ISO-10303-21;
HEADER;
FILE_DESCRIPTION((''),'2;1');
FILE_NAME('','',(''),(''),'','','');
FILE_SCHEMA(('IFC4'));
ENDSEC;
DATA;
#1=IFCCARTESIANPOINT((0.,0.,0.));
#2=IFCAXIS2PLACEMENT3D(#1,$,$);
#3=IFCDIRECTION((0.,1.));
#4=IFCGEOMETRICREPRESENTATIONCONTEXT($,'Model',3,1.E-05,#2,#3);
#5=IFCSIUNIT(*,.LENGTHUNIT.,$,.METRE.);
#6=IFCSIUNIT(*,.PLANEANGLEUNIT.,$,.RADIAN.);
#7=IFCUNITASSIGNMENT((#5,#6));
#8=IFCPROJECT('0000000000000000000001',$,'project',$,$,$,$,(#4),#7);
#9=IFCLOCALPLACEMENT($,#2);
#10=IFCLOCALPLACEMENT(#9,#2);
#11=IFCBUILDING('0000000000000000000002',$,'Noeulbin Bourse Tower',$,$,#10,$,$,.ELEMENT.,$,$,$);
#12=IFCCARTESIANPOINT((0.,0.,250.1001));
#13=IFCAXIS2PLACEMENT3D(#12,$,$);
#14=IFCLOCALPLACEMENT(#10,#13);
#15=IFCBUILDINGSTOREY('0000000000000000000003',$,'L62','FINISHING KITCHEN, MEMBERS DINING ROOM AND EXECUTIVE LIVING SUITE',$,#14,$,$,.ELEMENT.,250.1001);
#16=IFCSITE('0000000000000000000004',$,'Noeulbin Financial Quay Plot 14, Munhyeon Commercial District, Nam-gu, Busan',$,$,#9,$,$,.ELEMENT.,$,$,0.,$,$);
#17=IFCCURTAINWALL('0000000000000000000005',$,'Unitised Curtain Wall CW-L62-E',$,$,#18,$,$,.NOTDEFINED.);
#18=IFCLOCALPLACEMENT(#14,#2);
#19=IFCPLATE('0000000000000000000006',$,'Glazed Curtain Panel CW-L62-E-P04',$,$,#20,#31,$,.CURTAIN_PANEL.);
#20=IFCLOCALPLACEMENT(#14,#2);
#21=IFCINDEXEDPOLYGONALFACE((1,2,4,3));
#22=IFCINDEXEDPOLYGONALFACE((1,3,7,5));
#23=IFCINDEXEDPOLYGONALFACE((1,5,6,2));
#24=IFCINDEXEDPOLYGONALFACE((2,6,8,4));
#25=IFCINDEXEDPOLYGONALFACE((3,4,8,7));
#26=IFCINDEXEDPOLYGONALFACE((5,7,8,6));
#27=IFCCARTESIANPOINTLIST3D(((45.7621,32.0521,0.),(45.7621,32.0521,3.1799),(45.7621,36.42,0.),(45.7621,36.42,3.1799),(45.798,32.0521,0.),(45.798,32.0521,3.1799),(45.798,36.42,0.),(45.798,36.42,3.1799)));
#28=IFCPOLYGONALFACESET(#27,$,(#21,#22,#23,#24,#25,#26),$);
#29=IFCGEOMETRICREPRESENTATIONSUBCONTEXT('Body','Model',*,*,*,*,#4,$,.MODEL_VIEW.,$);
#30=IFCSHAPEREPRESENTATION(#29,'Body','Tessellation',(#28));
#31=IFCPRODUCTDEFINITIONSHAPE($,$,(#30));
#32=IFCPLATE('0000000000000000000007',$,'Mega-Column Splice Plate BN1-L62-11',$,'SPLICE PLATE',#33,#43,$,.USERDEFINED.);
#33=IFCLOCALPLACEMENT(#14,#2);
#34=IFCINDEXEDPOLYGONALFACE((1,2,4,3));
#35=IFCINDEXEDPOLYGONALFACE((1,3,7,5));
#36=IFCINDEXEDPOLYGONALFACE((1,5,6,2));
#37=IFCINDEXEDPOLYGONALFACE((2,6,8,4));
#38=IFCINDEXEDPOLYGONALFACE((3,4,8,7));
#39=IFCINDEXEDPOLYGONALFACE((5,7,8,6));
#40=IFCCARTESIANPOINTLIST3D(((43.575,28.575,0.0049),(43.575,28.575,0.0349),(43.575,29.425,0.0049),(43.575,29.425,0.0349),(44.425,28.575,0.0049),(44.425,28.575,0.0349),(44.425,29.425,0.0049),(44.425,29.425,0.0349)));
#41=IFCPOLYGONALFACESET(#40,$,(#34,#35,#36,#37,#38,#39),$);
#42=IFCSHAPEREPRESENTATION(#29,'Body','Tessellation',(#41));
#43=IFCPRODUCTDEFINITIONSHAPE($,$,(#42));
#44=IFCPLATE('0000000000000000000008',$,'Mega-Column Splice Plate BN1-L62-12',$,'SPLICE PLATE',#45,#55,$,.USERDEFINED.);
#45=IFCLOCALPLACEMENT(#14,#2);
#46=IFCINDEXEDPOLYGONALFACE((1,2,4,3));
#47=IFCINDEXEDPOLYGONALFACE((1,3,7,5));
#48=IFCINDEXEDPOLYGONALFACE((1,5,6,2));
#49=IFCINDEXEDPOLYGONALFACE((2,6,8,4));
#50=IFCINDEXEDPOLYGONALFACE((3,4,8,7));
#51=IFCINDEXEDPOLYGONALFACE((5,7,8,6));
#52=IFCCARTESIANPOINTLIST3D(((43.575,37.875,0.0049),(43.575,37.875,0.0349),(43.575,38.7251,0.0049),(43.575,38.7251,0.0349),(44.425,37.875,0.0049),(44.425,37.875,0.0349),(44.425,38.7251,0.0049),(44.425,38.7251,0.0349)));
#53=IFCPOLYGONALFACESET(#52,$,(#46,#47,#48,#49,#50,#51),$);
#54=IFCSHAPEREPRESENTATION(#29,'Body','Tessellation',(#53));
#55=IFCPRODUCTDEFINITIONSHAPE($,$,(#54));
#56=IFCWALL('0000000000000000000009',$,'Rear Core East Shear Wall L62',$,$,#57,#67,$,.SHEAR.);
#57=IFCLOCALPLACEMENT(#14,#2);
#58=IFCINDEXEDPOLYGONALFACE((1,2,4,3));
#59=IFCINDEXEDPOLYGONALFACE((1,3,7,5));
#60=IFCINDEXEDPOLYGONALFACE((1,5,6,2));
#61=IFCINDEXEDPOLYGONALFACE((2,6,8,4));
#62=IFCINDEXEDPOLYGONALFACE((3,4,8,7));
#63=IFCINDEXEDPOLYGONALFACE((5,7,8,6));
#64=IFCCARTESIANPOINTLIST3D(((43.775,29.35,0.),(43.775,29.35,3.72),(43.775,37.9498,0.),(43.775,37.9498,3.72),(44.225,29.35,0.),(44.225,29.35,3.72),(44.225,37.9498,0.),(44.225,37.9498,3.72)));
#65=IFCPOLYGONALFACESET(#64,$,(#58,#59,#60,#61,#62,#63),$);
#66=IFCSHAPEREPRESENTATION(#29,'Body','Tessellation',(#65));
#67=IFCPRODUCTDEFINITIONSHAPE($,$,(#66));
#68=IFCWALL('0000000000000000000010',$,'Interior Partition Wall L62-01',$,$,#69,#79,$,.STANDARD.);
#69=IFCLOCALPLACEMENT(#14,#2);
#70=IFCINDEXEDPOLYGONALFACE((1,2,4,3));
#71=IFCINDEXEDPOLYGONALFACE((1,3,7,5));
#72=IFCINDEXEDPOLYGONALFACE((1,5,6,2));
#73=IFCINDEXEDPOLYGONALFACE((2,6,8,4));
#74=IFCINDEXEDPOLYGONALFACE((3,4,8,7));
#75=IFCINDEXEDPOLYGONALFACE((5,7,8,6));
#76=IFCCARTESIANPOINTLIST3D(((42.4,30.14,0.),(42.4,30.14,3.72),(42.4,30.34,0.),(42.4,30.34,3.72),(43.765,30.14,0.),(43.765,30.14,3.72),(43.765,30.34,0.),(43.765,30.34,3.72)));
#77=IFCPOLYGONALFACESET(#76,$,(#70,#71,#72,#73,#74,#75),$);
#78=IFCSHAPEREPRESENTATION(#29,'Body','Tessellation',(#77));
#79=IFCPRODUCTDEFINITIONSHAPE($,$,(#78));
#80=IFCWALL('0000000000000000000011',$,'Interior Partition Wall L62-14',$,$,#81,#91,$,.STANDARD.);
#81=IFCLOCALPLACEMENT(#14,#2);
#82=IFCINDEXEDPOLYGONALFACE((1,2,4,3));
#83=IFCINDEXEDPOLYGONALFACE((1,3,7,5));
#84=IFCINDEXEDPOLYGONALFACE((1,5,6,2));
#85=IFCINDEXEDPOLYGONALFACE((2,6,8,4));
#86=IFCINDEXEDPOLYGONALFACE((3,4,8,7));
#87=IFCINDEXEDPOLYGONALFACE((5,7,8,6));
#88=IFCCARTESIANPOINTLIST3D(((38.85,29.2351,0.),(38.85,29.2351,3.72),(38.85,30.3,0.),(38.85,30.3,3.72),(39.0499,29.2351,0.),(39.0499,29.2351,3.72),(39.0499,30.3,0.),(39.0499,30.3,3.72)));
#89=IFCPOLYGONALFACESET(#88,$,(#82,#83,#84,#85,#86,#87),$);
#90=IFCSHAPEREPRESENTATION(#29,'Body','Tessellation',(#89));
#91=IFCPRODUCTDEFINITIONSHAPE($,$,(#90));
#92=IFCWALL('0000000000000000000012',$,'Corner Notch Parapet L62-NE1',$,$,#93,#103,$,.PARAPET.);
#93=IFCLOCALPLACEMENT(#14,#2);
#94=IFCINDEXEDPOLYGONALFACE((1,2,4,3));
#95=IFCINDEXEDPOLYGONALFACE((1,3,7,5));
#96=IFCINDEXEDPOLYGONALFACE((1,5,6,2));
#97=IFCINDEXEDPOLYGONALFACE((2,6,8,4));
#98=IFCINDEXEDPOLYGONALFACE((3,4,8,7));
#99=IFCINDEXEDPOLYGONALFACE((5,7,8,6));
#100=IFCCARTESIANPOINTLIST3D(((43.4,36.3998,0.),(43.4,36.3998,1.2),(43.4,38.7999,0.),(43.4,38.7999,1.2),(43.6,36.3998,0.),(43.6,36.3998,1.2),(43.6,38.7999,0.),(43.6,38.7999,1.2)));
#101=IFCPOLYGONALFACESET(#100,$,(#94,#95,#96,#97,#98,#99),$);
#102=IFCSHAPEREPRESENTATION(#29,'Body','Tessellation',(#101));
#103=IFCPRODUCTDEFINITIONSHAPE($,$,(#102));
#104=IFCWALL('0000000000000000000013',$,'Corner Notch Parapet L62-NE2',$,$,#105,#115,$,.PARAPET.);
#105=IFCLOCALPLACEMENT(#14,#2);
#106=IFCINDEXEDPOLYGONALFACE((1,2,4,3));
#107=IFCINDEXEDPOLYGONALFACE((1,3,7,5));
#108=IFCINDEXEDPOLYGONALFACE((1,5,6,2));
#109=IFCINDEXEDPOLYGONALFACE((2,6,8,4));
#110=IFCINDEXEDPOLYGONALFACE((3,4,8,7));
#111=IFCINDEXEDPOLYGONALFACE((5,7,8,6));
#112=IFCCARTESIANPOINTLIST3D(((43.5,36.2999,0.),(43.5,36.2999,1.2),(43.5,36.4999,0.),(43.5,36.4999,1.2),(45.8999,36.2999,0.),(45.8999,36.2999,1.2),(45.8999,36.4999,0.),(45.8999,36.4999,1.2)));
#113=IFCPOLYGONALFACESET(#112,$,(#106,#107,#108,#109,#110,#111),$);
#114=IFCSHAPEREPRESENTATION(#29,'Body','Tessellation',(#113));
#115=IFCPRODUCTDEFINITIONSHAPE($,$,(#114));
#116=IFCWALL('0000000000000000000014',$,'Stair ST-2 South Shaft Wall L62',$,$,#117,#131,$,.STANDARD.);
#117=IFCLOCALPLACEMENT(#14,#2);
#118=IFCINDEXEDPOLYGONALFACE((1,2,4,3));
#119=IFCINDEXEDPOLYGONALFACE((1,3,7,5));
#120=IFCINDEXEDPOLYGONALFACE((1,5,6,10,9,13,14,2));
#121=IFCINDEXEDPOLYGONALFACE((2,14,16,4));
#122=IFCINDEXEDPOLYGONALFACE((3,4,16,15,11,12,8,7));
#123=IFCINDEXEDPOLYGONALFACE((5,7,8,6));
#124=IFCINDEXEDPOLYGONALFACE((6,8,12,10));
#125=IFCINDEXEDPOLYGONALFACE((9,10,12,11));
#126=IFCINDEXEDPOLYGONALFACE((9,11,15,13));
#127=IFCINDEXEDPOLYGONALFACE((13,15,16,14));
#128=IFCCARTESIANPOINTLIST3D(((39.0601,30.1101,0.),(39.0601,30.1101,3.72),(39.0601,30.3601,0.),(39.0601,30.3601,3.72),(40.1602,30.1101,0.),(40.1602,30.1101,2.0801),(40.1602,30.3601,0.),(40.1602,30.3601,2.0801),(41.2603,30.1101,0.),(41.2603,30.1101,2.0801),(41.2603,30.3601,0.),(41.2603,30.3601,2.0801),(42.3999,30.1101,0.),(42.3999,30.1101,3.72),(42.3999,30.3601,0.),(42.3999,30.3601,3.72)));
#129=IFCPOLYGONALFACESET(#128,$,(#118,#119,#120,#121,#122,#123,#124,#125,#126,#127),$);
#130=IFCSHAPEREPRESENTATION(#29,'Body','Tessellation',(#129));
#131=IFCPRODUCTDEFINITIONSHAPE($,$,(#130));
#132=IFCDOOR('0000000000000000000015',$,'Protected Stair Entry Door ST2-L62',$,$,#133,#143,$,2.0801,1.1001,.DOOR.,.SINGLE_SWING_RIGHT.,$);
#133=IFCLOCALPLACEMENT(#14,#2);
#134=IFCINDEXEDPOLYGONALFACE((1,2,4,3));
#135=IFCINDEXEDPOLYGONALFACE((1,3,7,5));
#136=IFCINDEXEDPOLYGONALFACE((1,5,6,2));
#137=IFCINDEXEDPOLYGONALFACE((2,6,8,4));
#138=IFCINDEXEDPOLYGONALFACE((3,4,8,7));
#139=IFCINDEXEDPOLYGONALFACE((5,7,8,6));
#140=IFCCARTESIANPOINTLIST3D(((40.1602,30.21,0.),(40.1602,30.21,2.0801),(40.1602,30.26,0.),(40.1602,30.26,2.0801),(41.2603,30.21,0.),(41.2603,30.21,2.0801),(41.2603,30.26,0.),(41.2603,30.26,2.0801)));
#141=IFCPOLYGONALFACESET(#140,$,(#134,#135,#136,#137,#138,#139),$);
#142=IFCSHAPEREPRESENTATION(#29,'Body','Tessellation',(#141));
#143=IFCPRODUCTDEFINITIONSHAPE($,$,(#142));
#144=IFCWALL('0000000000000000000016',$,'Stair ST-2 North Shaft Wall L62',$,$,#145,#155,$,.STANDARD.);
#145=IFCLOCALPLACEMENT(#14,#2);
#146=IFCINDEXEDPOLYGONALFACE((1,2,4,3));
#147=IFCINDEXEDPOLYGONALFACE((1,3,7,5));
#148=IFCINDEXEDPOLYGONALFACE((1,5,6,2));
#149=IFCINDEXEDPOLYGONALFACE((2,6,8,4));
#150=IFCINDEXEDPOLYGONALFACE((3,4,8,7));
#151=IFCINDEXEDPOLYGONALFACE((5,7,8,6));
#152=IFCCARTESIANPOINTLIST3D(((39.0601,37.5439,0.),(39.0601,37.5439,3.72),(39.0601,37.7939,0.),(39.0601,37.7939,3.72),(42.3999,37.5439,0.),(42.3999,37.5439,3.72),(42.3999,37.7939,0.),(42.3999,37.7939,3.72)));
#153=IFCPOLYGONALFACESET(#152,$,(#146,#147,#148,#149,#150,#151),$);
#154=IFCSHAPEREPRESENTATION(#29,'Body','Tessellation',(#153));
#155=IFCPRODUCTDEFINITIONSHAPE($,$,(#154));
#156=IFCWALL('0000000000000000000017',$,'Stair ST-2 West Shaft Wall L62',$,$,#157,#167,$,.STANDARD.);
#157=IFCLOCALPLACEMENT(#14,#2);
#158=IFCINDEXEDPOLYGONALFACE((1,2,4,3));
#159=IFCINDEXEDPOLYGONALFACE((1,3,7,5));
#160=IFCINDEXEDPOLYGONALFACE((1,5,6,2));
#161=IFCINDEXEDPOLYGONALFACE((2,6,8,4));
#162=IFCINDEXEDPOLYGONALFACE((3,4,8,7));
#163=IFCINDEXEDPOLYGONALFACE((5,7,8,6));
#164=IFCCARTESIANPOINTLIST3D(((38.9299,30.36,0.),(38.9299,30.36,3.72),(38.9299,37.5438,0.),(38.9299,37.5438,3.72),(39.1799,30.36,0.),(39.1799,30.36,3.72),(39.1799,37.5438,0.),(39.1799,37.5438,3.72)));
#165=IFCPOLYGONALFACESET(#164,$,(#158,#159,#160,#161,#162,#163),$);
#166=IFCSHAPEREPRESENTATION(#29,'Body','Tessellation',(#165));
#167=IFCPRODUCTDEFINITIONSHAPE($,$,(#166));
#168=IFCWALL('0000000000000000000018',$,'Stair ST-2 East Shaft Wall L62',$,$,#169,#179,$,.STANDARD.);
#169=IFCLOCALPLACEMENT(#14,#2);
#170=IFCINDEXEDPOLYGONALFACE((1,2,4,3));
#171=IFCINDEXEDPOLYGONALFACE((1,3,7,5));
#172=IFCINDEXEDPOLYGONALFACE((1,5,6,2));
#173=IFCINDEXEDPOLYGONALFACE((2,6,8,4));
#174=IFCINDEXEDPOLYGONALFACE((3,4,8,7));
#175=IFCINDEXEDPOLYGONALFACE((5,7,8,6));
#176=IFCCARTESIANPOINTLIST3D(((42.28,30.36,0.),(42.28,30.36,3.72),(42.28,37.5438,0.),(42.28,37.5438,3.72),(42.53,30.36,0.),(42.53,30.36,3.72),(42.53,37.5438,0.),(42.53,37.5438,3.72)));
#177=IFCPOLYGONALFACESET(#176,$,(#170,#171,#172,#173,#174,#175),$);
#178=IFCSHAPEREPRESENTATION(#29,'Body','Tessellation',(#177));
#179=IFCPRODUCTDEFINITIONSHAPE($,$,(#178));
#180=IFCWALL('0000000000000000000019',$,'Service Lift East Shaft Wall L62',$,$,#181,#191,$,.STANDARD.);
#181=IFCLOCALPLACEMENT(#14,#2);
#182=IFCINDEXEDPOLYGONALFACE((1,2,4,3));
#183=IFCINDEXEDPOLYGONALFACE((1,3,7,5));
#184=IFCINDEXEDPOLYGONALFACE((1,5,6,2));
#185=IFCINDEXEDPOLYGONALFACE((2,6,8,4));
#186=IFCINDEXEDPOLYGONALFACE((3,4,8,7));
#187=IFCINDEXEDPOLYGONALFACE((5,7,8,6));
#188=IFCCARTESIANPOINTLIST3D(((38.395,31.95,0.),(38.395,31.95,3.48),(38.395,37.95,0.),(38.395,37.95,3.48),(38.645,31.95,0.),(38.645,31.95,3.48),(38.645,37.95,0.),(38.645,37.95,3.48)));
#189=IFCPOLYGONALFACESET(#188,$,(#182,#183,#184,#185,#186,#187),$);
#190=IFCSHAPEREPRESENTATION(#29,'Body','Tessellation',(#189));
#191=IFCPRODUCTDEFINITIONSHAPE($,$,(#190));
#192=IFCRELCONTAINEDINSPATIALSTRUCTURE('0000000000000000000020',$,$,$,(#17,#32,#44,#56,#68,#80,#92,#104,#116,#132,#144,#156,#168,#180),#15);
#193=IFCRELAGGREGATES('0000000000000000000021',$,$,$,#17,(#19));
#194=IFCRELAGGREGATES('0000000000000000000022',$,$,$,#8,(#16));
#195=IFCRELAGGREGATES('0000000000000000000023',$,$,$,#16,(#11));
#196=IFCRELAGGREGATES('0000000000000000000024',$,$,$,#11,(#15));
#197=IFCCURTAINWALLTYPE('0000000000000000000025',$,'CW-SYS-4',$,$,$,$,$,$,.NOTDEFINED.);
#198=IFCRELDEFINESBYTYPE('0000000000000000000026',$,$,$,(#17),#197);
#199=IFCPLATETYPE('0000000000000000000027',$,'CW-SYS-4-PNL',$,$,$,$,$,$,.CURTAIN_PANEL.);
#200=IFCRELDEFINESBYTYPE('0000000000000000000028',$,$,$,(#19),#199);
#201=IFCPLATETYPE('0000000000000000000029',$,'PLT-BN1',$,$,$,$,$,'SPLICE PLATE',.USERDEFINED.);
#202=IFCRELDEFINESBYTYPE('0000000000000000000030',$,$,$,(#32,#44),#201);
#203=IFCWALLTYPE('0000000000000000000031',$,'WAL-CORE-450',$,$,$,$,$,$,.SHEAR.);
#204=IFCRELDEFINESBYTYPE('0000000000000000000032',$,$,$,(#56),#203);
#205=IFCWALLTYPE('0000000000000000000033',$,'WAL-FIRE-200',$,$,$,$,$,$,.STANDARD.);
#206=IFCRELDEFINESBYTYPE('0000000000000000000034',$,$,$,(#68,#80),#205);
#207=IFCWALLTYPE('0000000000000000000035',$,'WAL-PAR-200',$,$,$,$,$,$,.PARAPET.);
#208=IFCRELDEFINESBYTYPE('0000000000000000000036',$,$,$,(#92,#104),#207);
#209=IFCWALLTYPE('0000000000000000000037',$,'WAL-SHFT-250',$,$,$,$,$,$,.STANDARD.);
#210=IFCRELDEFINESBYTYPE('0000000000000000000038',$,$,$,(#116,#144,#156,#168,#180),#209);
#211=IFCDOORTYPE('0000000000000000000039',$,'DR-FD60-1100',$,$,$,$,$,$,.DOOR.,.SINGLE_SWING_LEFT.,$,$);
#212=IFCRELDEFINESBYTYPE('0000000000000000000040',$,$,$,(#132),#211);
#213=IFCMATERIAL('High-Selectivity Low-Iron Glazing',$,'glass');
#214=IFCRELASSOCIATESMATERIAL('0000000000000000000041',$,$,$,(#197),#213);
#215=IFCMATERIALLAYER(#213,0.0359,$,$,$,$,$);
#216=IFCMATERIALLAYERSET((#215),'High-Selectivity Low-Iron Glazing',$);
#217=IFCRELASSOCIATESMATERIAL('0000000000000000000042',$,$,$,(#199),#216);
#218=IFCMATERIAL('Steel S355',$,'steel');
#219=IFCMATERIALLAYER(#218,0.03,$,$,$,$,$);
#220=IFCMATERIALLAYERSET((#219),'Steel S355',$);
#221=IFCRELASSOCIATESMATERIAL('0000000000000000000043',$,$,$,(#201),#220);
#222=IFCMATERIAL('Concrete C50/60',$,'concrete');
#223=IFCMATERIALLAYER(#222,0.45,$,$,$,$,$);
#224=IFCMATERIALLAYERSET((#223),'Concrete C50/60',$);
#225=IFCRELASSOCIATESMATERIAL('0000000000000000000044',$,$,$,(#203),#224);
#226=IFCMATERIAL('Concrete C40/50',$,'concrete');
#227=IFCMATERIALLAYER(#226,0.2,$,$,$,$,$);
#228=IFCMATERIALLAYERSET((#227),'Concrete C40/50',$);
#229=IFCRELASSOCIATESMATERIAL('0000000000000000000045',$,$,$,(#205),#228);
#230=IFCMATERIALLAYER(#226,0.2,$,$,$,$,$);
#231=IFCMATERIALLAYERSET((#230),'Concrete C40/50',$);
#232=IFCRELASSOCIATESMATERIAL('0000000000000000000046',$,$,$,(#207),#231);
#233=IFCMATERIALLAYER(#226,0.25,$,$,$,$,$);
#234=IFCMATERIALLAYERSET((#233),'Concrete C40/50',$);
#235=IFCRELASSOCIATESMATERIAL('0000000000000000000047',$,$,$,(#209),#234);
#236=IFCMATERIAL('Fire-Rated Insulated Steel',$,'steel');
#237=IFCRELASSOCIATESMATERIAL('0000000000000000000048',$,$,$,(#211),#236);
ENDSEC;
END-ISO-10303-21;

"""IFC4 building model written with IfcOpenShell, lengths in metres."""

from ifc_helpers import new_model, si_unit, direction, frame, frame_2d, origin, origin_2d, place, context, subcontext, project, spatial, rectangle, extrude, material, layer, layer_set, type_object, element, fill, aggregate, save


model = new_model("IFC4")

# Units and contexts
model_context = context("Model", 3, precision=1e-05, world=origin(), true_north=direction((0.0, 1.0)))
body_context = subcontext(model_context, "Body", "Model", "MODEL_VIEW")
ifc_project = project(units=[si_unit("LENGTHUNIT", "METRE"), si_unit("PLANEANGLEUNIT", "RADIAN")], contexts=[model_context])

# Site, building, storey
site_placement = place(None, origin())
site = spatial("IfcSite", under=ifc_project, at=site_placement, Name="Noeulbin Financial Quay Plot 14, Munhyeon Commercial District, Nam-gu, Busan", CompositionType="ELEMENT", RefElevation=0.0)
building_placement = place(site_placement, origin())
building = spatial("IfcBuilding", under=site, at=building_placement, Name="Noeulbin Bourse Tower", CompositionType="ELEMENT")
storey_placement = place(building_placement, frame((0.0, 0.0, 250.1001)))
storey = spatial("IfcBuildingStorey", under=building, at=storey_placement, Name="L62", Description="FINISHING KITCHEN, MEMBERS DINING ROOM AND EXECUTIVE LIVING SUITE", CompositionType="ELEMENT", Elevation=250.1001)

# Shared definitions
ifc_material_1 = material(Name="Steel S355", Category="steel")

# Curtain wall
ifc_material_2 = material(Name="High-Selectivity Low-Iron Glazing", Category="glass")
curtain_wall_type = type_object("IfcCurtainWallType", Name="CW-SYS-4", PredefinedType="NOTDEFINED", material=ifc_material_2)
curtain_wall_1_placement = place(storey_placement, origin())
curtain_wall_1 = element("IfcCurtainWall", 1, at=curtain_wall_1_placement, inside=storey, type_object=curtain_wall_type, Name="Unitised Curtain Wall CW-L62-E", PredefinedType="NOTDEFINED")

# Plate
ifc_layer_1 = layer(ifc_material_2, 0.0359)
ifc_layer_set_1 = layer_set([ifc_layer_1], Name="High-Selectivity Low-Iron Glazing")
plate_type_1 = type_object("IfcPlateType", Name="CW-SYS-4-PNL", PredefinedType="CURTAIN_PANEL", material=ifc_layer_set_1)
plate_1_placement = place(storey_placement, frame((45.78, 34.2361, 0.0), z_axis=(0.0, 0.0, 1.0), x_axis=(0.0, 1.0, 0.0)))
plate_1 = element("IfcPlate", 2, at=plate_1_placement, type_object=plate_type_1, Name="Glazed Curtain Panel CW-L62-E-P04", PredefinedType="CURTAIN_PANEL", context=body_context, shape_type="SweptSolid", body=[
    extrude(rectangle(XDim=4.3679, YDim=0.0359, at=origin_2d()), origin(), (0.0, 0.0, 1.0), 3.1799),
])
aggregate(curtain_wall_1, [plate_1])

# Plates
ifc_layer_2 = layer(ifc_material_1, 0.03)
ifc_layer_set_2 = layer_set([ifc_layer_2], Name="Steel S355")
plate_type_2 = type_object("IfcPlateType", Name="PLT-BN1", ElementType="SPLICE PLATE", PredefinedType="USERDEFINED", material=ifc_layer_set_2)
for number, where, z_axis, x_axis, name in (
    (3, (44.0, 29.0, 0.0049), (0.0, 0.0, 1.0), (1.0, 0.0, 0.0), "Mega-Column Splice Plate BN1-L62-11"),
    (4, (44.0, 38.3, 0.0049), (0.0, 0.0, 1.0), (1.0, 0.0, 0.0), "Mega-Column Splice Plate BN1-L62-12"),
):
    element("IfcPlate", number, at=place(storey_placement, frame(where, z_axis=z_axis, x_axis=x_axis)), inside=storey, type_object=plate_type_2, Name=name, ObjectType="SPLICE PLATE", PredefinedType="USERDEFINED", context=body_context, shape_type="SweptSolid", body=[
        extrude(rectangle(XDim=0.8501, YDim=0.8501, at=origin_2d()), origin(), (0.0, 0.0, 1.0), 0.03),
    ])

# Walls
ifc_material_3 = material(Name="Concrete C50/60", Category="concrete")
ifc_layer_3 = layer(ifc_material_3, 0.45)
ifc_layer_set_3 = layer_set([ifc_layer_3], Name="Concrete C50/60")
wall_type_1 = type_object("IfcWallType", Name="WAL-CORE-450", PredefinedType="SHEAR", material=ifc_layer_set_3)
wall_1_placement = place(storey_placement, frame((44.0, 29.3501, 0.0), z_axis=(0.0, 0.0, 1.0), x_axis=(0.0, 1.0, 0.0)))
element("IfcWall", 5, at=wall_1_placement, inside=storey, type_object=wall_type_1, Name="Rear Core East Shear Wall L62", PredefinedType="SHEAR", context=body_context, shape_type="SweptSolid", body=[
    extrude(rectangle(XDim=8.5999, YDim=0.45, at=frame_2d((4.2998, 0.0))), origin(), (0.0, 0.0, 1.0), 3.72),
])
ifc_material_4 = material(Name="Concrete C40/50", Category="concrete")
ifc_layer_4 = layer(ifc_material_4, 0.2)
ifc_layer_set_4 = layer_set([ifc_layer_4], Name="Concrete C40/50")
wall_type_2 = type_object("IfcWallType", Name="WAL-FIRE-200", PredefinedType="STANDARD", material=ifc_layer_set_4)
wall_2_placement = place(storey_placement, frame((42.3999, 30.24, 0.0), z_axis=(0.0, 0.0, 1.0), x_axis=(1.0, 0.0, 0.0)))
element("IfcWall", 6, at=wall_2_placement, inside=storey, type_object=wall_type_2, Name="Interior Partition Wall L62-01", PredefinedType="STANDARD", context=body_context, shape_type="SweptSolid", body=[
    extrude(rectangle(XDim=1.365, YDim=0.2, at=frame_2d((0.6826, 0.0))), origin(), (0.0, 0.0, 1.0), 3.72),
])
wall_3_placement = place(storey_placement, frame((38.95, 29.2351, 0.0), z_axis=(0.0, 0.0, 1.0), x_axis=(0.0, 1.0, 0.0)))
element("IfcWall", 7, at=wall_3_placement, inside=storey, type_object=wall_type_2, Name="Interior Partition Wall L62-14", PredefinedType="STANDARD", context=body_context, shape_type="SweptSolid", body=[
    extrude(rectangle(XDim=1.0649, YDim=0.2, at=frame_2d((0.5325, 0.0))), origin(), (0.0, 0.0, 1.0), 3.72),
])
ifc_layer_5 = layer(ifc_material_4, 0.2)
ifc_layer_set_5 = layer_set([ifc_layer_5], Name="Concrete C40/50")
wall_type_3 = type_object("IfcWallType", Name="WAL-PAR-200", PredefinedType="PARAPET", material=ifc_layer_set_5)
wall_4_placement = place(storey_placement, frame((43.5, 38.8, 0.0), z_axis=(0.0, 0.0, 1.0), x_axis=(0.0, -1.0, 0.0)))
element("IfcWall", 8, at=wall_4_placement, inside=storey, type_object=wall_type_3, Name="Corner Notch Parapet L62-NE1", PredefinedType="PARAPET", context=body_context, shape_type="SweptSolid", body=[
    extrude(rectangle(XDim=2.4001, YDim=0.2, at=frame_2d((1.2002, 0.0))), origin(), (0.0, 0.0, 1.0), 1.2),
])
wall_5_placement = place(storey_placement, frame((43.5, 36.3999, 0.0), z_axis=(0.0, 0.0, 1.0), x_axis=(1.0, 0.0, 0.0)))
element("IfcWall", 9, at=wall_5_placement, inside=storey, type_object=wall_type_3, Name="Corner Notch Parapet L62-NE2", PredefinedType="PARAPET", context=body_context, shape_type="SweptSolid", body=[
    extrude(rectangle(XDim=2.3999, YDim=0.2, at=frame_2d((1.2, 0.0))), origin(), (0.0, 0.0, 1.0), 1.2),
])

# Wall, opening, door
ifc_layer_6 = layer(ifc_material_4, 0.25)
ifc_layer_set_6 = layer_set([ifc_layer_6], Name="Concrete C40/50")
wall_type_4 = type_object("IfcWallType", Name="WAL-SHFT-250", PredefinedType="STANDARD", material=ifc_layer_set_6)
wall_6_placement = place(storey_placement, frame((39.0601, 30.2351, 0.0), z_axis=(0.0, 0.0, 1.0), x_axis=(1.0, 0.0, 0.0)))
wall_6 = element("IfcWall", 10, at=wall_6_placement, inside=storey, type_object=wall_type_4, Name="Stair ST-2 South Shaft Wall L62", PredefinedType="STANDARD", context=body_context, shape_type="SweptSolid", body=[
    extrude(rectangle(XDim=3.3398, YDim=0.25, at=frame_2d((1.6699, 0.0))), origin(), (0.0, 0.0, 1.0), 3.72),
])
opening_placement = place(wall_6_placement, frame((1.1001, 0.0, 0.0)))
opening = element("IfcOpeningElement", 11, at=opening_placement, cuts=wall_6, PredefinedType="OPENING", context=body_context, shape_type="SweptSolid", body=[
    extrude(rectangle(XDim=1.1001, YDim=2.0801, at=frame_2d((0.55, 1.04))), frame((0.0, 0.135, 0.0), z_axis=(0.0, -1.0, 0.0), x_axis=(1.0, 0.0, 0.0)), (0.0, 0.0, 1.0), 0.27),
])
ifc_material_5 = material(Name="Fire-Rated Insulated Steel", Category="steel")
door_type = type_object("IfcDoorType", Name="DR-FD60-1100", OperationType="SINGLE_SWING_LEFT", PredefinedType="DOOR", material=ifc_material_5)
door_placement = place(opening_placement, origin())
door = element("IfcDoor", 12, at=door_placement, inside=storey, type_object=door_type, Name="Protected Stair Entry Door ST2-L62", OperationType="SINGLE_SWING_RIGHT", OverallHeight=2.0801, OverallWidth=1.1001, PredefinedType="DOOR", context=body_context, shape_type="SweptSolid", body=[
    extrude(rectangle(XDim=1.1001, YDim=2.0801, at=frame_2d((0.55, 1.04))), frame((0.0, 0.0249, 0.0), z_axis=(0.0, -1.0, 0.0), x_axis=(1.0, 0.0, 0.0)), (0.0, 0.0, 1.0), 0.05),
])
fill(opening, door)

# Walls
wall_7_placement = place(storey_placement, frame((39.0601, 37.6689, 0.0), z_axis=(0.0, 0.0, 1.0), x_axis=(1.0, 0.0, 0.0)))
element("IfcWall", 13, at=wall_7_placement, inside=storey, type_object=wall_type_4, Name="Stair ST-2 North Shaft Wall L62", PredefinedType="STANDARD", context=body_context, shape_type="SweptSolid", body=[
    extrude(rectangle(XDim=3.3398, YDim=0.25, at=frame_2d((1.6699, 0.0))), origin(), (0.0, 0.0, 1.0), 3.72),
])
for number, where, z_axis, x_axis, name in (
    (14, (39.0549, 30.3601, 0.0), (0.0, 0.0, 1.0), (0.0, 1.0, 0.0), "Stair ST-2 West Shaft Wall L62"),
    (15, (42.405, 30.3601, 0.0), (0.0, 0.0, 1.0), (0.0, 1.0, 0.0), "Stair ST-2 East Shaft Wall L62"),
):
    element("IfcWall", number, at=place(storey_placement, frame(where, z_axis=z_axis, x_axis=x_axis)), inside=storey, type_object=wall_type_4, Name=name, PredefinedType="STANDARD", context=body_context, shape_type="SweptSolid", body=[
        extrude(rectangle(XDim=7.1838, YDim=0.25, at=frame_2d((3.5918, 0.0))), origin(), (0.0, 0.0, 1.0), 3.72),
    ])
wall_8_placement = place(storey_placement, frame((38.52, 31.95, 0.0), z_axis=(0.0, 0.0, 1.0), x_axis=(0.0, 1.0, 0.0)))
element("IfcWall", 16, at=wall_8_placement, inside=storey, type_object=wall_type_4, Name="Service Lift East Shaft Wall L62", PredefinedType="STANDARD", context=body_context, shape_type="SweptSolid", body=[
    extrude(rectangle(XDim=6.0, YDim=0.25, at=frame_2d((3.0, 0.0))), origin(), (0.0, 0.0, 1.0), 3.48),
])

save(model, "model.ifc")
